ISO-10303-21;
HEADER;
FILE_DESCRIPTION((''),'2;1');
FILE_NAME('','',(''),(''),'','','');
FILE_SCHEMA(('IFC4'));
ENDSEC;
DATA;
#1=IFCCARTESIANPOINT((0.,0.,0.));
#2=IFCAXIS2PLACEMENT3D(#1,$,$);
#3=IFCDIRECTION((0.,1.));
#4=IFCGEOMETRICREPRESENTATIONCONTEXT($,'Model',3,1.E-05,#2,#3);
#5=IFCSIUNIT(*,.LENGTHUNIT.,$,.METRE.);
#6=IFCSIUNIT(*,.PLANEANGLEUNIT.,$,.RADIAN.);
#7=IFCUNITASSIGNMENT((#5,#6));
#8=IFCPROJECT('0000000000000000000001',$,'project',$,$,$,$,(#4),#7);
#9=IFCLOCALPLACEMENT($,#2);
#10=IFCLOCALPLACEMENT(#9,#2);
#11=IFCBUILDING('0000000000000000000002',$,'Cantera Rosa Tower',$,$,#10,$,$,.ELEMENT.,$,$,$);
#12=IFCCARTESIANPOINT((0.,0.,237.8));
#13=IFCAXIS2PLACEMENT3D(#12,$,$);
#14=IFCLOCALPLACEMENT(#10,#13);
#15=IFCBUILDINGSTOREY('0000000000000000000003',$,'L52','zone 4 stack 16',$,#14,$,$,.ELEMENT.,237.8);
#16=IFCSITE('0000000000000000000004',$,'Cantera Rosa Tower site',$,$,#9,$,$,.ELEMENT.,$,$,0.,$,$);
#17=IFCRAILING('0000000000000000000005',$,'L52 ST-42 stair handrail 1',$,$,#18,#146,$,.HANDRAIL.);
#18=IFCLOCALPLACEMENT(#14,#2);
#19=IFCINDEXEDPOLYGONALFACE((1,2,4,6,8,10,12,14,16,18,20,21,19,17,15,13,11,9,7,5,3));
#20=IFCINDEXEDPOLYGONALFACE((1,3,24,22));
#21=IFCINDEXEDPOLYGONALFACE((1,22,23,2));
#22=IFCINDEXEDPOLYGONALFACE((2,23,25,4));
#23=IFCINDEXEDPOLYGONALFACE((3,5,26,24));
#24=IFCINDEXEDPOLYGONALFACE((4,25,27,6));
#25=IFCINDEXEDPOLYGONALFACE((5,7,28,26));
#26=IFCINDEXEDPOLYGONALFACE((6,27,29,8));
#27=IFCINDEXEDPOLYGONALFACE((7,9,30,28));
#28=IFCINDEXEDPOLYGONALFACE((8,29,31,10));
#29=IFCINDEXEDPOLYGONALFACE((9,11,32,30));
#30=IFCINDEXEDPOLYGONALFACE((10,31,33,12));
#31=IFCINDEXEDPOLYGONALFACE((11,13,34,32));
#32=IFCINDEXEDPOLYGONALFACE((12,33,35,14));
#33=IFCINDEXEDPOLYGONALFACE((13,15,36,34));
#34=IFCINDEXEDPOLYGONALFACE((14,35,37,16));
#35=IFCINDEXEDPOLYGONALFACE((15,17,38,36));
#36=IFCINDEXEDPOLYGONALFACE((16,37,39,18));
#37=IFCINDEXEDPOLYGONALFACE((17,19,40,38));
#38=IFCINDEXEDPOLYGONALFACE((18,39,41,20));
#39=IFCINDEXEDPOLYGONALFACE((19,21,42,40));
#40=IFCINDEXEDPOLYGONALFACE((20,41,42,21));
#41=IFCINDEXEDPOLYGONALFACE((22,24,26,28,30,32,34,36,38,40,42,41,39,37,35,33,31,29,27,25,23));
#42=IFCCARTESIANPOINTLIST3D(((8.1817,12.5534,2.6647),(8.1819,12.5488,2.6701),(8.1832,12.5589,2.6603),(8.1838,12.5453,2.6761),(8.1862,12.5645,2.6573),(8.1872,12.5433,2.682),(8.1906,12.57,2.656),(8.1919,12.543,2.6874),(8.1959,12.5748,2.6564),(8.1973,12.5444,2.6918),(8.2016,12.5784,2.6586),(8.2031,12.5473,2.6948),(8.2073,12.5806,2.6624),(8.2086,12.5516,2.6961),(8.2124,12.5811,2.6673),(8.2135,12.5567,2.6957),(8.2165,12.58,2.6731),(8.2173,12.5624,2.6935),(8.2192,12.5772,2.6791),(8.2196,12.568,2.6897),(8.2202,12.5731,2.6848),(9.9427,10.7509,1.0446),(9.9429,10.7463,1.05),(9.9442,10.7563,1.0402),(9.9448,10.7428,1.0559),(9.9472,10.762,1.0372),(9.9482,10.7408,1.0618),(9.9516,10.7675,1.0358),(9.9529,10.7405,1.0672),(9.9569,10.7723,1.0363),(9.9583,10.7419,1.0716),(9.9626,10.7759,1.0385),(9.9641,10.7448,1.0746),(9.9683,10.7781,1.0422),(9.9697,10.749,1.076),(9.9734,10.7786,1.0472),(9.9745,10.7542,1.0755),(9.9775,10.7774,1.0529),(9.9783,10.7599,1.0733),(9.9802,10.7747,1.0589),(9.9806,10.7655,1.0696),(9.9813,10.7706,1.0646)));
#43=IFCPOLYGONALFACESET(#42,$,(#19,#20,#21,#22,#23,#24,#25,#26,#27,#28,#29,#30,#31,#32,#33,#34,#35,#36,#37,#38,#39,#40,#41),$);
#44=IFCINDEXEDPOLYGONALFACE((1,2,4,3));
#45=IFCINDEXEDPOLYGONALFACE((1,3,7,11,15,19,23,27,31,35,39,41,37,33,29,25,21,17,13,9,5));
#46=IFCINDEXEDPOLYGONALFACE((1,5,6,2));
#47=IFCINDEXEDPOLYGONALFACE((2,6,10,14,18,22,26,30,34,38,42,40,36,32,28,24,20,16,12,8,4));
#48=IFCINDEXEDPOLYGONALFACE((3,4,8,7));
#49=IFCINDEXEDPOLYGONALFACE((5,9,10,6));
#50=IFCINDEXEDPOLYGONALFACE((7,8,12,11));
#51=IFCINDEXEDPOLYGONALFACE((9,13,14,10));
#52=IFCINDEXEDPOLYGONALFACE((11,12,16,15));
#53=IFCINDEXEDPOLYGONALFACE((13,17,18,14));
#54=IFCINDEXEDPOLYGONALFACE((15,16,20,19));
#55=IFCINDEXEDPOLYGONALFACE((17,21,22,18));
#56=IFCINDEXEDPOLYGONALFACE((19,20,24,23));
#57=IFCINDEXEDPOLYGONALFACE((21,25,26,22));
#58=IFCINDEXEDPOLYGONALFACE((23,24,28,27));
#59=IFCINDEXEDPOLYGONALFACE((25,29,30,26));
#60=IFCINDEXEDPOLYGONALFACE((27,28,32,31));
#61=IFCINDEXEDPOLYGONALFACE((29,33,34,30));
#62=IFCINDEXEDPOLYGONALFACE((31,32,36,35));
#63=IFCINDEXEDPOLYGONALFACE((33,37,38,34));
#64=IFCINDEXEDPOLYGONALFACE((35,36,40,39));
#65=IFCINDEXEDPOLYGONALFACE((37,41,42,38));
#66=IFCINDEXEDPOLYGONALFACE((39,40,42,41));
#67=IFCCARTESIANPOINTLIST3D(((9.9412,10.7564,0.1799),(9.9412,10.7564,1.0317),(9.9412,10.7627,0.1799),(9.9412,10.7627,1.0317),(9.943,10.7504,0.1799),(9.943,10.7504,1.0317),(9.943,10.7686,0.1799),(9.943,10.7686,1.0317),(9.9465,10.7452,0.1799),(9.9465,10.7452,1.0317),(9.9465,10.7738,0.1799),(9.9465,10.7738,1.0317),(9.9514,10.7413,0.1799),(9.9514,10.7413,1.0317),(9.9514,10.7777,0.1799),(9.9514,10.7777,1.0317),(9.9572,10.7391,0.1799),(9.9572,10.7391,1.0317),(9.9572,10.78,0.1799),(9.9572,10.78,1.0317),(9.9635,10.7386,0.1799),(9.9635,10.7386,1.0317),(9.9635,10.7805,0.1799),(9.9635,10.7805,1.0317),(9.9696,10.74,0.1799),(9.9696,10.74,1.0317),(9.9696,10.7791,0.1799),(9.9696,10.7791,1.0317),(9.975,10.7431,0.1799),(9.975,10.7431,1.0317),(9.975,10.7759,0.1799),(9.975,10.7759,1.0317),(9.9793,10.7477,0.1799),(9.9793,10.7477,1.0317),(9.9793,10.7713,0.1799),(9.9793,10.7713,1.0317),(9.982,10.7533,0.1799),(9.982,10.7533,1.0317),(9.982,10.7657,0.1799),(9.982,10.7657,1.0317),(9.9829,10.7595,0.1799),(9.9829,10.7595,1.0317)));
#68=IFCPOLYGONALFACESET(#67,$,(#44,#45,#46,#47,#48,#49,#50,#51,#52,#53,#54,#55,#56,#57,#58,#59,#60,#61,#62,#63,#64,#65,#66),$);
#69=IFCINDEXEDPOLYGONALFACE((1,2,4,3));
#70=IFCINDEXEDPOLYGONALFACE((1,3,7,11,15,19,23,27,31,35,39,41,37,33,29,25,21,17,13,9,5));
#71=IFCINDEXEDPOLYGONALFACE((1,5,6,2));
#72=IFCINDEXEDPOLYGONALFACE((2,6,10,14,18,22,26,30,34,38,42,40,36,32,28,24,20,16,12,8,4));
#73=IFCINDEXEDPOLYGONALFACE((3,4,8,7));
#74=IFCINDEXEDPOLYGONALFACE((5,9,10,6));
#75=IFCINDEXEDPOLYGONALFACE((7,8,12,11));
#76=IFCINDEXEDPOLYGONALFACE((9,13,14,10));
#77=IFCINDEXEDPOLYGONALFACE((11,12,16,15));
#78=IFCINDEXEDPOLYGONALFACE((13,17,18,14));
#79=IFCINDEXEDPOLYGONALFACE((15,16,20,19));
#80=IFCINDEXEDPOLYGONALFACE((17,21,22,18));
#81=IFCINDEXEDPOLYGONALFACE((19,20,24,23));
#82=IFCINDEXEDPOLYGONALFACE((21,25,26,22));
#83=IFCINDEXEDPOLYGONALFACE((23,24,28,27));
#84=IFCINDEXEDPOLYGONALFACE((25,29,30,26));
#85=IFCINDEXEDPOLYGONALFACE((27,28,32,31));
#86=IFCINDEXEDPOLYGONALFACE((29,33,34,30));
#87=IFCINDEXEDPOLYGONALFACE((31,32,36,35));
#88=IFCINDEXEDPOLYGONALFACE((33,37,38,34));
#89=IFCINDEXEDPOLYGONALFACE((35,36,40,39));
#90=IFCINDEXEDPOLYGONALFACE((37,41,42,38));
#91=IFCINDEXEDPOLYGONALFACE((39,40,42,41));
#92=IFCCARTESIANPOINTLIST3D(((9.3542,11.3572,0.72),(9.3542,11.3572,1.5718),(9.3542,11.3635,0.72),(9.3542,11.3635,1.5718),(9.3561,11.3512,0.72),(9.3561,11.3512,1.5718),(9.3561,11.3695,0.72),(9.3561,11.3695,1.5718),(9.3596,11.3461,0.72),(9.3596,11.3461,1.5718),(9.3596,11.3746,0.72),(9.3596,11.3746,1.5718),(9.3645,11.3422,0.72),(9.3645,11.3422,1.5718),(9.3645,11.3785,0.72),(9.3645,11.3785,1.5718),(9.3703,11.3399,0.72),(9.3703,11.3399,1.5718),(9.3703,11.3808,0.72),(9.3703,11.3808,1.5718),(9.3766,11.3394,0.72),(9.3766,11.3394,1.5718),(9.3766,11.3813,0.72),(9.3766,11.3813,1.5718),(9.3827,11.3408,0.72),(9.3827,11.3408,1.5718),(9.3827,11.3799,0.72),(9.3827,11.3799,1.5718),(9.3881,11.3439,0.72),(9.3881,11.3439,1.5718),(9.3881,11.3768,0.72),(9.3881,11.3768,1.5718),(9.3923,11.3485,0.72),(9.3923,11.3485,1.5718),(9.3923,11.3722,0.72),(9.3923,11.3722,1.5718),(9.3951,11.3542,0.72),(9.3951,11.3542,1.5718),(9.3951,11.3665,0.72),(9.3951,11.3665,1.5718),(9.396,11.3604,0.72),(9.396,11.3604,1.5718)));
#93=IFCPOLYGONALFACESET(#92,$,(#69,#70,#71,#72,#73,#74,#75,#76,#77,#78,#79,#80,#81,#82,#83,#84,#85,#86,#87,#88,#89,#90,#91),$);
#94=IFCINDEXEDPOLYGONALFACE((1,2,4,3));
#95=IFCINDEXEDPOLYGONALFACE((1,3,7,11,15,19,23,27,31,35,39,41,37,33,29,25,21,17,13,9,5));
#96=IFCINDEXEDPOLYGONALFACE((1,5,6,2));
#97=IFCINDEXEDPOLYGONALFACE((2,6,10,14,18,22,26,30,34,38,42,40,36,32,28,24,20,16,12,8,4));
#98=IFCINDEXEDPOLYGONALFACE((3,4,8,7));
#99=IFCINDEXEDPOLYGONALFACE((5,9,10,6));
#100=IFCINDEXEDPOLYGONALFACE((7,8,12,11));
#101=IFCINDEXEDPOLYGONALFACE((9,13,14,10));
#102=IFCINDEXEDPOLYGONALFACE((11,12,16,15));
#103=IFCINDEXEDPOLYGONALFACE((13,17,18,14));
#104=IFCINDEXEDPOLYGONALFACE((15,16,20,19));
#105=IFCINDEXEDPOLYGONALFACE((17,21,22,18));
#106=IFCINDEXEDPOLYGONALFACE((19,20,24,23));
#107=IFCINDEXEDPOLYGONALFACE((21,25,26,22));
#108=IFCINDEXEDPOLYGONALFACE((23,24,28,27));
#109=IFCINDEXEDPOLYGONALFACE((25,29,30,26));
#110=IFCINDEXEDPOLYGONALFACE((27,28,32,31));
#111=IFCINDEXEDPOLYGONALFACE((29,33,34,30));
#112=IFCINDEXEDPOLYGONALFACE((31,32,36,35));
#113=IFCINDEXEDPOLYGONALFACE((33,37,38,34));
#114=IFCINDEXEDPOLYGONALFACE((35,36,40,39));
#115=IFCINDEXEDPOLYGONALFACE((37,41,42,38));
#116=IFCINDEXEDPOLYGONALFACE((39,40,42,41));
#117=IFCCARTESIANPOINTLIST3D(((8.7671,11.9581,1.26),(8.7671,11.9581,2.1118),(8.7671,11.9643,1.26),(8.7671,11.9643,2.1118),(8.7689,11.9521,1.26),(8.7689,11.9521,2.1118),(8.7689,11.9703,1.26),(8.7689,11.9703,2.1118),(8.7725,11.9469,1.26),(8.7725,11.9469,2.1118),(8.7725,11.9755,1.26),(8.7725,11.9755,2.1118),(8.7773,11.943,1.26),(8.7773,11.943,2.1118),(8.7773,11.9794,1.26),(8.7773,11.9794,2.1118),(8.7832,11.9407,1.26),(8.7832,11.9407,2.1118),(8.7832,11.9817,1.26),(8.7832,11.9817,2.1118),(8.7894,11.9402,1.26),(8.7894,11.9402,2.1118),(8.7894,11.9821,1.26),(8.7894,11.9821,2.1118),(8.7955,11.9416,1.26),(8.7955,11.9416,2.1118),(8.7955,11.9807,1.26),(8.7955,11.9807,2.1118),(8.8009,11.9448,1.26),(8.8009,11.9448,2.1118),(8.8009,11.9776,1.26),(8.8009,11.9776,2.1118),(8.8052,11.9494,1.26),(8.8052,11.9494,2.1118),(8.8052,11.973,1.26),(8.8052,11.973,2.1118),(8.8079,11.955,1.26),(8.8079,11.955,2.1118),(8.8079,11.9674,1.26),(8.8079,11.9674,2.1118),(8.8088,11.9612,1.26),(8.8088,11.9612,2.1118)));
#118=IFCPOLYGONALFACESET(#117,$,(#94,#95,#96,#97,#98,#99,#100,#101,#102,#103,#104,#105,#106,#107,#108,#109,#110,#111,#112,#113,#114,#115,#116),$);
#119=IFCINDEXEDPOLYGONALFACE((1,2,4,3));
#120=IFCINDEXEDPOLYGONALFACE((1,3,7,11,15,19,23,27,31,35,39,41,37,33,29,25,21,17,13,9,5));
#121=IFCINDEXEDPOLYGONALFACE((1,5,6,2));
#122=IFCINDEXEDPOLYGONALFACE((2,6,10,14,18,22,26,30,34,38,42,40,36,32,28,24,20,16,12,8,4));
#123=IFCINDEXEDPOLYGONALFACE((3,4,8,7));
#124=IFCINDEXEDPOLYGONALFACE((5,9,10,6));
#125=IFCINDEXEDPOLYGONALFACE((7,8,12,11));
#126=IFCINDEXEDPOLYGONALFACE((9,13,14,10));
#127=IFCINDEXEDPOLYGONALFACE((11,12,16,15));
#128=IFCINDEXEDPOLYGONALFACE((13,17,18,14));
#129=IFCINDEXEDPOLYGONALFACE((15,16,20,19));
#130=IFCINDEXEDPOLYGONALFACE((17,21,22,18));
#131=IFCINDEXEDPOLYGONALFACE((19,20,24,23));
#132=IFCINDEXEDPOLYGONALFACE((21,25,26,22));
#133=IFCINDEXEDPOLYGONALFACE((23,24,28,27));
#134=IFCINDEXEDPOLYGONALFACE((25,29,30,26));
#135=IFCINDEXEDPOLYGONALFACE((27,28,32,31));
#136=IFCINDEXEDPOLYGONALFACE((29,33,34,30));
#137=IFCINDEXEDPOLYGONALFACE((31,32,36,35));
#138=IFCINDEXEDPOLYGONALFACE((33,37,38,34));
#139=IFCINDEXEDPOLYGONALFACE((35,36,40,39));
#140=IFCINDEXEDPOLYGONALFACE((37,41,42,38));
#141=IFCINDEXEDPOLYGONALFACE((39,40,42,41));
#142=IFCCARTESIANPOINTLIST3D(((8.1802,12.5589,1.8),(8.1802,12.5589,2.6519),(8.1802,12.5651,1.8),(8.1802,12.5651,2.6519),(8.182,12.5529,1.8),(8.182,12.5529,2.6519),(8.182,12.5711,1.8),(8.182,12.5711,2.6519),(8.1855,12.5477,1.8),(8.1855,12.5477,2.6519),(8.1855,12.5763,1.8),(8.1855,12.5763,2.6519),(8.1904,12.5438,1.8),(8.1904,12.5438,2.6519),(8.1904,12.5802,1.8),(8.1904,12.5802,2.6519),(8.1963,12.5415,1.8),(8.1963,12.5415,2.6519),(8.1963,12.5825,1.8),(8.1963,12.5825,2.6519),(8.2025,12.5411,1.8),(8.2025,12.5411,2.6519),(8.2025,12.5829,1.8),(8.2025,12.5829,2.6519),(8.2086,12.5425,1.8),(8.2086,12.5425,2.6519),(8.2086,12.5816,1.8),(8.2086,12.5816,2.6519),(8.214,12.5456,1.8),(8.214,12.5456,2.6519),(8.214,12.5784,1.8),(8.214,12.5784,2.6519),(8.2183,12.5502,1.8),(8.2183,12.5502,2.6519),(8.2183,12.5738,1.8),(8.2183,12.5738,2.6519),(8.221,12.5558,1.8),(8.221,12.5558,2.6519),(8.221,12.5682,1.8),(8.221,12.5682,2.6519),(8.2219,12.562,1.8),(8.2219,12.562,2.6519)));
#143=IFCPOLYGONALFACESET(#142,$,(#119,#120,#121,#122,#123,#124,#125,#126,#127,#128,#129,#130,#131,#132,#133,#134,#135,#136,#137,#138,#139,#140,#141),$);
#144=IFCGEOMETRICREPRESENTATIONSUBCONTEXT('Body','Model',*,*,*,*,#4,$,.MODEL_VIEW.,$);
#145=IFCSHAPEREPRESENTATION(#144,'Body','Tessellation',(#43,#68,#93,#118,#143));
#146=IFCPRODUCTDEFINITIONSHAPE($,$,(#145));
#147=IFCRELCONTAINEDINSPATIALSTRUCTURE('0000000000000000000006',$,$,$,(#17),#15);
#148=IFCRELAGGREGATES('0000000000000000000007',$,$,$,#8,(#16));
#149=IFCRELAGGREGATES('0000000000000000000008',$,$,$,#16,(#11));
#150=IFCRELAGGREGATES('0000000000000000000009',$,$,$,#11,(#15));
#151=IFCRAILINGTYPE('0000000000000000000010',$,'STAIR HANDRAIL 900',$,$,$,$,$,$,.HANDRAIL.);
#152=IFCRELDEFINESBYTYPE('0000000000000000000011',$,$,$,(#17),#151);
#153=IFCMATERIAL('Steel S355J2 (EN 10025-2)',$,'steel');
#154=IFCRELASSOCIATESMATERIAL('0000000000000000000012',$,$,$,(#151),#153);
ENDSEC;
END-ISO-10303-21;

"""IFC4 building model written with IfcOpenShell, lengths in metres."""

from ifc_helpers import new_model, si_unit, direction, frame, origin, origin_2d, place, context, subcontext, project, spatial, circle, extrude, material, type_object, element, save


model = new_model("IFC4")

# Units and contexts
model_context = context("Model", 3, precision=1e-05, world=origin(), true_north=direction((0.0, 1.0)))
body_context = subcontext(model_context, "Body", "Model", "MODEL_VIEW")
ifc_project = project(units=[si_unit("LENGTHUNIT", "METRE"), si_unit("PLANEANGLEUNIT", "RADIAN")], contexts=[model_context])

# Site, building, storey
site_placement = place(None, origin())
site = spatial("IfcSite", under=ifc_project, at=site_placement, Name="Cantera Rosa Tower site", CompositionType="ELEMENT", RefElevation=0.0)
building_placement = place(site_placement, origin())
building = spatial("IfcBuilding", under=site, at=building_placement, Name="Cantera Rosa Tower", CompositionType="ELEMENT")
storey_placement = place(building_placement, frame((0.0, 0.0, 237.8)))
storey = spatial("IfcBuildingStorey", under=building, at=storey_placement, Name="L52", Description="zone 4 stack 16", CompositionType="ELEMENT", Elevation=237.8)

# Railing
ifc_material_1 = material(Name="Steel S355J2 (EN 10025-2)", Category="steel")
railing_type_1 = type_object("IfcRailingType", Name="STAIR HANDRAIL 900", PredefinedType="HANDRAIL", material=ifc_material_1)
railing_1_placement = place(storey_placement, frame((9.9619, 10.7595, 0.1799)))
element("IfcRailing", 1, at=railing_1_placement, inside=storey, type_object=railing_type_1, Name="L52 ST-42 stair handrail 1", PredefinedType="HANDRAIL", context=body_context, shape_type="SweptSolid", body=[
    extrude(circle(Radius=0.0239, at=origin_2d()), frame((0.0, 0.0, 0.876), z_axis=(-0.587818, 0.601672, 0.540796), x_axis=(-0.715294, -0.698824, 0.0)), (0.0, 0.0, 1.0), 2.9958),
    extrude(circle(Radius=0.021, at=origin_2d()), origin(), (0.0, 0.0, 1.0), 0.8518),
    extrude(circle(Radius=0.021, at=origin_2d()), frame((-0.5869, 0.6008, 0.54)), (0.0, 0.0, 1.0), 0.8518),
    extrude(circle(Radius=0.021, at=origin_2d()), frame((-1.1741, 1.2017, 1.0801)), (0.0, 0.0, 1.0), 0.8518),
    extrude(circle(Radius=0.021, at=origin_2d()), frame((-1.761, 1.8025, 1.6201)), (0.0, 0.0, 1.0), 0.8518),
])

save(model, "model.ifc")
